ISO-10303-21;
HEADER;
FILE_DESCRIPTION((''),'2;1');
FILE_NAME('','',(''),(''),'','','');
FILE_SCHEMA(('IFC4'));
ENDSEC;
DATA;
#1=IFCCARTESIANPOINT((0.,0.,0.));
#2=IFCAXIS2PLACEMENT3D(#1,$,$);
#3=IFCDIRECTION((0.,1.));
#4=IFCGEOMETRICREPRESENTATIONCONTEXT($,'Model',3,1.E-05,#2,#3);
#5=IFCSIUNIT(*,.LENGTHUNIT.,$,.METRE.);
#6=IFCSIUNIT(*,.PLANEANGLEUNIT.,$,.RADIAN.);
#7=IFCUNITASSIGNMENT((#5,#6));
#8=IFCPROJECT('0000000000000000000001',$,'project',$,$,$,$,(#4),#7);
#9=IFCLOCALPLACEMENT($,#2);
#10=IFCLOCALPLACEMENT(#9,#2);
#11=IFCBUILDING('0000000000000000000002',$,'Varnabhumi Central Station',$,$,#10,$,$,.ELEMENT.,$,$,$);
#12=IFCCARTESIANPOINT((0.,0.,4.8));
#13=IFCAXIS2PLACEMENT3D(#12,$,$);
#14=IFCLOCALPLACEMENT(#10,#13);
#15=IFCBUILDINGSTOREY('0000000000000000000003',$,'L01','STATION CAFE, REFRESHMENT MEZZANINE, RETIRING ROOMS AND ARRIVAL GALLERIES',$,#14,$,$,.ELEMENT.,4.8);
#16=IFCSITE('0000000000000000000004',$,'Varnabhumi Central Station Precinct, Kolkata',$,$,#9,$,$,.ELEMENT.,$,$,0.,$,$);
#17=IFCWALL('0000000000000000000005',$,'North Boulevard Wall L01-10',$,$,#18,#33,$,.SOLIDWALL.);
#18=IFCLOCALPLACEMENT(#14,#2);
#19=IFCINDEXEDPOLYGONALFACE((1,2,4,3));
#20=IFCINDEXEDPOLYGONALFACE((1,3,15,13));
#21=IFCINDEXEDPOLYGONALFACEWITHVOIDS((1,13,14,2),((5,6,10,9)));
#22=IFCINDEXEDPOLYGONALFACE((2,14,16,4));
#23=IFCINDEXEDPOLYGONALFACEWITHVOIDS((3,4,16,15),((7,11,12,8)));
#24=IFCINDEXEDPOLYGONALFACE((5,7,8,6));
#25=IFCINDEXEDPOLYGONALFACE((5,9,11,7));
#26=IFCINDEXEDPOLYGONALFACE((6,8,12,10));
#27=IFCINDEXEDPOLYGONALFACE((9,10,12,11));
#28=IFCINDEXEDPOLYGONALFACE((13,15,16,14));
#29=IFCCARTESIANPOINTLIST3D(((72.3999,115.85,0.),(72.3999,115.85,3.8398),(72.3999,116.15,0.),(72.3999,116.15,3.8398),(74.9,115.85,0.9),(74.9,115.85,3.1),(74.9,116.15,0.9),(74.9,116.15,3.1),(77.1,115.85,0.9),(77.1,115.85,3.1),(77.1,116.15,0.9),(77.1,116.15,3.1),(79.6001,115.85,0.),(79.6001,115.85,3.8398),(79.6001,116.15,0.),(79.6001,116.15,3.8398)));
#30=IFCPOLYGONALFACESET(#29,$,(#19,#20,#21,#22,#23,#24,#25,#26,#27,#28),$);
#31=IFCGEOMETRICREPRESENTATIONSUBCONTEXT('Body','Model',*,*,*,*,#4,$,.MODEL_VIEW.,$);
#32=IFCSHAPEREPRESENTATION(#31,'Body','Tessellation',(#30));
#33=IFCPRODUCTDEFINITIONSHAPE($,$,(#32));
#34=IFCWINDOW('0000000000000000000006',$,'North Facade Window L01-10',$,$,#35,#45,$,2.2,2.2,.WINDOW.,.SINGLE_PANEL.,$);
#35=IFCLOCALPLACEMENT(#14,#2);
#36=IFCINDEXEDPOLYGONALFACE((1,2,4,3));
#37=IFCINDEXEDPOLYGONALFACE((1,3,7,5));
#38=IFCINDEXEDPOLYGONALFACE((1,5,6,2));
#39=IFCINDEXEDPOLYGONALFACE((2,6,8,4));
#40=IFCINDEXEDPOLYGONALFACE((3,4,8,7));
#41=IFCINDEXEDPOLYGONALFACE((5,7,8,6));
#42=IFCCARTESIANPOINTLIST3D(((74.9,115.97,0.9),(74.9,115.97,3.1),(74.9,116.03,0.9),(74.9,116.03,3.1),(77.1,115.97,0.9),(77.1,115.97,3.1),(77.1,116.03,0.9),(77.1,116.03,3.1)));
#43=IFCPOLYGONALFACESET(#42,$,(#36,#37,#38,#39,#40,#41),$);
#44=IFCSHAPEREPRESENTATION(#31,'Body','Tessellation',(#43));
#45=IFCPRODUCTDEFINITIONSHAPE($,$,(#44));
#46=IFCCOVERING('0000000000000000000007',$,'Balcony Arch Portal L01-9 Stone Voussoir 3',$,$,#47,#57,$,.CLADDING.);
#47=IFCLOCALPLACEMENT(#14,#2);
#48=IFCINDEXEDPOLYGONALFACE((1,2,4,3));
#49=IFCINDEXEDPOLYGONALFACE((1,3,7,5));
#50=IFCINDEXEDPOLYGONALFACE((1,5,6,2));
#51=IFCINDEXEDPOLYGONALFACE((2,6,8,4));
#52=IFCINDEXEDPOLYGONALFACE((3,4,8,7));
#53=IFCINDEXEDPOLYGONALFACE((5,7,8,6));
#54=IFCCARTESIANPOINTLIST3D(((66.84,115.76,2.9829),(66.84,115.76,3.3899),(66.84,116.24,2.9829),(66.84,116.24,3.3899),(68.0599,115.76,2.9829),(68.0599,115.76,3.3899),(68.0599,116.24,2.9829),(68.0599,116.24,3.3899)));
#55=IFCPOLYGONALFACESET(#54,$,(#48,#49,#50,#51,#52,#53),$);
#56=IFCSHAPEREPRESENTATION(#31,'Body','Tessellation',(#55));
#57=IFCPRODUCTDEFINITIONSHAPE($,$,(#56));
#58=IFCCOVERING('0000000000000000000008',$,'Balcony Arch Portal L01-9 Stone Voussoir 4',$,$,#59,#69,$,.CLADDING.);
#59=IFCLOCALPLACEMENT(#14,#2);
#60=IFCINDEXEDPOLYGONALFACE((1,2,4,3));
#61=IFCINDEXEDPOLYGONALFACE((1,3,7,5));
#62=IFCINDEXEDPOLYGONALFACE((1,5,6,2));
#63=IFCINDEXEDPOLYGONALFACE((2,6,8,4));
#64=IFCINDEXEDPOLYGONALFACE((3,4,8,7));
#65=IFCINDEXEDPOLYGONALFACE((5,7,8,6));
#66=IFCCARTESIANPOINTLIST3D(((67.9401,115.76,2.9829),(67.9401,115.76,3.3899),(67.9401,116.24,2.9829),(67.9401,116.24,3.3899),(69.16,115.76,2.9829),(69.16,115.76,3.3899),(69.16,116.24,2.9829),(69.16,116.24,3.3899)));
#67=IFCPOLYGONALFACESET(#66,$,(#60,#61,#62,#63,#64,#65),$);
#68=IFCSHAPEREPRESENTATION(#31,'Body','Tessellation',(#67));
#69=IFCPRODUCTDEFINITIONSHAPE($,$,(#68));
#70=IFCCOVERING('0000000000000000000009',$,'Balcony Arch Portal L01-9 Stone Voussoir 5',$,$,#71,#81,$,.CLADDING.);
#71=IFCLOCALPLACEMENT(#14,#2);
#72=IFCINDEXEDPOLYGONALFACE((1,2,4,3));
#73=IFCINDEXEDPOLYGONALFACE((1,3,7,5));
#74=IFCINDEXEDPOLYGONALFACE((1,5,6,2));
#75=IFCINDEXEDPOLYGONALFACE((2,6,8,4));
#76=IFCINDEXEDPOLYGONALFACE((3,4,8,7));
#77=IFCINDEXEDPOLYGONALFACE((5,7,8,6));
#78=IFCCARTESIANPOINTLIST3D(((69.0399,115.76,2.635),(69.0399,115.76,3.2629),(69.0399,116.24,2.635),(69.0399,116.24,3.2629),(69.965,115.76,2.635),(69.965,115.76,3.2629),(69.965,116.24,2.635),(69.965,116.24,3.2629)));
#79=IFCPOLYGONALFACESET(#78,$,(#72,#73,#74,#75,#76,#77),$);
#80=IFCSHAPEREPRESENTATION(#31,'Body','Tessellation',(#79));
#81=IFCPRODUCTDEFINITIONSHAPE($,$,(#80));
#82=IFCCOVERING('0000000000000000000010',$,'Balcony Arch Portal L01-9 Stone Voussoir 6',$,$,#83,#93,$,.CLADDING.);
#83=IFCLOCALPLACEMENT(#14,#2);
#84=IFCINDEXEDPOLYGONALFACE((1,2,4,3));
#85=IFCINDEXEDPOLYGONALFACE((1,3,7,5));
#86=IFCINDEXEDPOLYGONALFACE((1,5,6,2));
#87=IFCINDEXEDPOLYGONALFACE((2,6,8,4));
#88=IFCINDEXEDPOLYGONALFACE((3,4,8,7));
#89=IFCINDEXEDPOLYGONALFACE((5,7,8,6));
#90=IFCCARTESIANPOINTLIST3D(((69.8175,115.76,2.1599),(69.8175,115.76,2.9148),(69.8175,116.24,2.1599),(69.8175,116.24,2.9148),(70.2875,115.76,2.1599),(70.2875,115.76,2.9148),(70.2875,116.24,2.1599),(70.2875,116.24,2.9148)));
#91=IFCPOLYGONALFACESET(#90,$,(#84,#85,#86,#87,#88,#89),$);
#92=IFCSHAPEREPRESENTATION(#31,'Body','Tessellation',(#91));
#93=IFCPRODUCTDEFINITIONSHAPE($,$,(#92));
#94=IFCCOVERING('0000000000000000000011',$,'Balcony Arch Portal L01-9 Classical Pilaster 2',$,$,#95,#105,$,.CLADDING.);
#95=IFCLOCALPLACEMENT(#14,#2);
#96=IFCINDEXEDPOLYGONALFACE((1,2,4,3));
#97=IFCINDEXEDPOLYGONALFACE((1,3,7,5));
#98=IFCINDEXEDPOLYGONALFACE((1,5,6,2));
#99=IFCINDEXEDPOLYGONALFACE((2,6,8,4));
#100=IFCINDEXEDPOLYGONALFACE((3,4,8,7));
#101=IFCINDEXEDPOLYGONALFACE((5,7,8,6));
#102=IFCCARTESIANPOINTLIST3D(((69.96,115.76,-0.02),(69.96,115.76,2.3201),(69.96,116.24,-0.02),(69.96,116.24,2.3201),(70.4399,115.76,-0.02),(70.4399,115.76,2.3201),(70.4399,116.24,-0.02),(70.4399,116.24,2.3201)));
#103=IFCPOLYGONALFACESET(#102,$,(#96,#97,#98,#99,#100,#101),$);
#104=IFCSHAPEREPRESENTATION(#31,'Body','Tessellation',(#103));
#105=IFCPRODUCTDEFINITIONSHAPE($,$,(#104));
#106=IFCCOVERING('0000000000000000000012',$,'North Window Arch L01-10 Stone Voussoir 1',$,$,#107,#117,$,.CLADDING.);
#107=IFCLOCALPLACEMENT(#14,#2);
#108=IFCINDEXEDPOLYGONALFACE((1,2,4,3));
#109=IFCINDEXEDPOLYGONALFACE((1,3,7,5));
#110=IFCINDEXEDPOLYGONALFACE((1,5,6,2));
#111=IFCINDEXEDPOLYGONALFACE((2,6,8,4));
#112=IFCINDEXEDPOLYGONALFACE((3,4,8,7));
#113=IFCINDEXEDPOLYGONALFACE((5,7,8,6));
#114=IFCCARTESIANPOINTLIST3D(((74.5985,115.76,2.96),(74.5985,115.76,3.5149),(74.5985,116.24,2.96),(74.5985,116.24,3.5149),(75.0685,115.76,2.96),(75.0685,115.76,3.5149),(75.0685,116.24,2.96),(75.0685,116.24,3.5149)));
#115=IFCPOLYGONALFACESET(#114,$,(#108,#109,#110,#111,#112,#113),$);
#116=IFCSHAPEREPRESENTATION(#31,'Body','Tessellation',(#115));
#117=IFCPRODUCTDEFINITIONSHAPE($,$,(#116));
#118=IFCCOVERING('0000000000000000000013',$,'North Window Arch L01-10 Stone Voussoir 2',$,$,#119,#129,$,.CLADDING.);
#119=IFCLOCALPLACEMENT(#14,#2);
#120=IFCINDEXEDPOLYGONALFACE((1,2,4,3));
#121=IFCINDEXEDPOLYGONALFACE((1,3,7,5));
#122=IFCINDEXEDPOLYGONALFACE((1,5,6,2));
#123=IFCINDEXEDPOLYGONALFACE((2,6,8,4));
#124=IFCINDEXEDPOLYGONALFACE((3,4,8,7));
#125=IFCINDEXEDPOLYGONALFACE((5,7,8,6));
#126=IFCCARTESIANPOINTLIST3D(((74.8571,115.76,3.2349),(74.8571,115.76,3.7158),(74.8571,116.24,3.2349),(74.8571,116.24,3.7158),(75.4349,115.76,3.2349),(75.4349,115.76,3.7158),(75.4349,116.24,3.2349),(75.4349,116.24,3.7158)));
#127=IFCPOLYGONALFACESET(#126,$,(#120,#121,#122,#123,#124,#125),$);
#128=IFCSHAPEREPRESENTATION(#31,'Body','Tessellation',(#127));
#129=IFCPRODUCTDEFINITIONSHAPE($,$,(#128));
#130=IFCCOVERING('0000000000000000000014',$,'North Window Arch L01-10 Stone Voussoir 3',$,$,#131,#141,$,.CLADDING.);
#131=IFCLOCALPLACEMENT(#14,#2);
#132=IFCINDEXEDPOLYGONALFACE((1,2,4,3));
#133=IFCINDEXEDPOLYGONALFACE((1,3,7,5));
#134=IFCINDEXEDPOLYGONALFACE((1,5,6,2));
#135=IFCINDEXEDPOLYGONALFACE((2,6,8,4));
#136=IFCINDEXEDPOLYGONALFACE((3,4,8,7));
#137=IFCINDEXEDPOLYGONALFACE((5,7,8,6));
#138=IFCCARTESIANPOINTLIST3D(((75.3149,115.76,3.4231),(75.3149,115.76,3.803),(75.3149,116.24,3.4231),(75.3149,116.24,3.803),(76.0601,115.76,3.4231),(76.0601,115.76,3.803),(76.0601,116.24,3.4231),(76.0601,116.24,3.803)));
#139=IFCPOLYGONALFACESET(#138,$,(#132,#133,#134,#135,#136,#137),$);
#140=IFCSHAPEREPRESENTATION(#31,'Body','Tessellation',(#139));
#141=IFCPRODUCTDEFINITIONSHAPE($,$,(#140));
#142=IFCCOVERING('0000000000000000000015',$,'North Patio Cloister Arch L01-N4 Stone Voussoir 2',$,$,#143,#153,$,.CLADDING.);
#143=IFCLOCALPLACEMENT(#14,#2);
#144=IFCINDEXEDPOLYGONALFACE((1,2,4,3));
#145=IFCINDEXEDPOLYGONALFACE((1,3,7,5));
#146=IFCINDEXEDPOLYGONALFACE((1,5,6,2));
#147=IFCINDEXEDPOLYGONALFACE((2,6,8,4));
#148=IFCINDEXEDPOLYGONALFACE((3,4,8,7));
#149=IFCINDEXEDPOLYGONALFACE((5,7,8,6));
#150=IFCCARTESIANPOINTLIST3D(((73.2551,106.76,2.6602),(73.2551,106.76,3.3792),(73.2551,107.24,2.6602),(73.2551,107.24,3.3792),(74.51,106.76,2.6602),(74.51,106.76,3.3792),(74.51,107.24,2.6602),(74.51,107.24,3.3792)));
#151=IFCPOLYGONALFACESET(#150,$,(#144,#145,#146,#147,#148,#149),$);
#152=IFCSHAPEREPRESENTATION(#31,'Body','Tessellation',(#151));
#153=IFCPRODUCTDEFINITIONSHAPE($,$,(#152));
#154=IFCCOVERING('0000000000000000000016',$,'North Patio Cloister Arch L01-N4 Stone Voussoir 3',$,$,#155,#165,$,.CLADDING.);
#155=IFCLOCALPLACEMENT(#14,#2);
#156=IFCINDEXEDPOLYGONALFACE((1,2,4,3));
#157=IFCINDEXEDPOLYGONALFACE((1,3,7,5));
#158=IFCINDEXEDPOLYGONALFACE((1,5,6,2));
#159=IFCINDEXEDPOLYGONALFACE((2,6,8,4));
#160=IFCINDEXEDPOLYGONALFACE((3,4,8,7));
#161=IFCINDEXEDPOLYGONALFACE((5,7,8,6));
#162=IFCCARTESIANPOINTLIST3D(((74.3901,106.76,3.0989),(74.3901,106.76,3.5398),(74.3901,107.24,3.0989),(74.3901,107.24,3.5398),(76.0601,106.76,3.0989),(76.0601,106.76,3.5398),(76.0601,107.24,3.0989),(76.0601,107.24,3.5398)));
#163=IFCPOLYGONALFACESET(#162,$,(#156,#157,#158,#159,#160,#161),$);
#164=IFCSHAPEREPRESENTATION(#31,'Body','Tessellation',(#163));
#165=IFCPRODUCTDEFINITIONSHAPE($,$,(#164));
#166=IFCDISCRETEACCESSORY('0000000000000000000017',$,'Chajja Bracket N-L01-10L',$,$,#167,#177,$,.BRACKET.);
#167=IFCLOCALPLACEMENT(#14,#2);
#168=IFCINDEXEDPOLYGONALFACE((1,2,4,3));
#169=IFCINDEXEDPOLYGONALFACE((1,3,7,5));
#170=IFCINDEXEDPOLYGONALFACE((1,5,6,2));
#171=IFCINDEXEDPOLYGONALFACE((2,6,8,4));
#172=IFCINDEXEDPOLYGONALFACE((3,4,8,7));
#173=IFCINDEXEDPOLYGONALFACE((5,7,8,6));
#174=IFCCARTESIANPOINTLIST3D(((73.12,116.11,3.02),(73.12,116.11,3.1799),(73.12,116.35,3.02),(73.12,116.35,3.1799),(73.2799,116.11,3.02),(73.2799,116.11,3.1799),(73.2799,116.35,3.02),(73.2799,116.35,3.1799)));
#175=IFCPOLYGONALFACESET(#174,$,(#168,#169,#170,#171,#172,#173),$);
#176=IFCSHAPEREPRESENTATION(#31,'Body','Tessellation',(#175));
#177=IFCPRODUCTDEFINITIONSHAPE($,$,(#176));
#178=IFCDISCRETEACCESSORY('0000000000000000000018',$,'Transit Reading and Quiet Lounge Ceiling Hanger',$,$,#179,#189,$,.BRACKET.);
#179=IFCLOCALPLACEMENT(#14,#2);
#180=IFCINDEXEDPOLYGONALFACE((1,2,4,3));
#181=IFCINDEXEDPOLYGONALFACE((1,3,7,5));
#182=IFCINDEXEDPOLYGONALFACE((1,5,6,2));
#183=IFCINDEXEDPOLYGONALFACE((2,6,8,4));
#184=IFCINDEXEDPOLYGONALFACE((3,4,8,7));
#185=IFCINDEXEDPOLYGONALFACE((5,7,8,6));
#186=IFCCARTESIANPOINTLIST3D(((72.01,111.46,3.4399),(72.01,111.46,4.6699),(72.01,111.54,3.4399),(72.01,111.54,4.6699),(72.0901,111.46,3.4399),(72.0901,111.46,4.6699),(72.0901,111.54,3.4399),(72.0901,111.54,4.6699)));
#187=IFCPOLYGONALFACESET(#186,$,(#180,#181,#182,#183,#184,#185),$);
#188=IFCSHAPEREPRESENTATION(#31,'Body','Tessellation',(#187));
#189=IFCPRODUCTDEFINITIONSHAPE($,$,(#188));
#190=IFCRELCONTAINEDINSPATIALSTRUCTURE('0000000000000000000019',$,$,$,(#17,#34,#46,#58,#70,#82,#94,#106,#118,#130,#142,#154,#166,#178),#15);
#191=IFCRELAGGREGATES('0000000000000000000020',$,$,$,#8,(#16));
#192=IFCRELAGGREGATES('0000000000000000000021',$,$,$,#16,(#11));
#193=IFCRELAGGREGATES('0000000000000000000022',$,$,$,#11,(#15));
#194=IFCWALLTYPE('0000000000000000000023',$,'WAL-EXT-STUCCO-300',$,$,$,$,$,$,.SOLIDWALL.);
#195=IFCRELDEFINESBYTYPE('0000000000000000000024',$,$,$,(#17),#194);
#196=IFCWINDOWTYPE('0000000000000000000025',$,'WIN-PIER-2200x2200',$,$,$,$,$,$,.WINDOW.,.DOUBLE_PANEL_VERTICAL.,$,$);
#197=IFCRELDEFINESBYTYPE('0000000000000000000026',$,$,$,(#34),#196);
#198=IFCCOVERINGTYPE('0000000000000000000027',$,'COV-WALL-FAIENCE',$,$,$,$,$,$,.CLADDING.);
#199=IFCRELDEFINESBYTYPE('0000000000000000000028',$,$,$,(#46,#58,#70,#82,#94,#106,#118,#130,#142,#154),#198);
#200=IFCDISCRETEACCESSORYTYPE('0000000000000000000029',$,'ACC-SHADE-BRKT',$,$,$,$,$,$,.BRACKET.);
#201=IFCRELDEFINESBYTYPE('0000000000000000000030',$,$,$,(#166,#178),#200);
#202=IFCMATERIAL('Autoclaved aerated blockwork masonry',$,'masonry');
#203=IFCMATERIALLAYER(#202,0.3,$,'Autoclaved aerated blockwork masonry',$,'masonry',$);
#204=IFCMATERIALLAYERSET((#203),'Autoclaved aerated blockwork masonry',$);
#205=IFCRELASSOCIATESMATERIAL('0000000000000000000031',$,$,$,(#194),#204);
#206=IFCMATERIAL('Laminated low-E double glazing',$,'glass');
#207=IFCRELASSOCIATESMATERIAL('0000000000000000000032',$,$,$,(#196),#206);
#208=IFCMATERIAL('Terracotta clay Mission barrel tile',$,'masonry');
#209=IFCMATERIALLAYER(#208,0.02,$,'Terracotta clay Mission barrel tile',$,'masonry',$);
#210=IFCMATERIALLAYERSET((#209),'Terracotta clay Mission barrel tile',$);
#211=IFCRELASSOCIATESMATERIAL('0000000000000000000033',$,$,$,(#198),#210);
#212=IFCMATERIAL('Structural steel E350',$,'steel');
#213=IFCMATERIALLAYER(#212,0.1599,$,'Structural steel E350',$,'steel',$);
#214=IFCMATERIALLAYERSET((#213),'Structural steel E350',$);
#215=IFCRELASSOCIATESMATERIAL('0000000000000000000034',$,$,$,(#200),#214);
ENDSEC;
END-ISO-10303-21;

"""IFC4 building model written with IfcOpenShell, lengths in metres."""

from ifc_helpers import new_model, si_unit, direction, frame, frame_2d, origin, origin_2d, place, context, subcontext, project, spatial, rectangle, extrude, material, layer, layer_set, type_object, element, fill, save


model = new_model("IFC4")

# Units and contexts
model_context = context("Model", 3, precision=1e-05, world=origin(), true_north=direction((0.0, 1.0)))
body_context = subcontext(model_context, "Body", "Model", "MODEL_VIEW")
ifc_project = project(units=[si_unit("LENGTHUNIT", "METRE"), si_unit("PLANEANGLEUNIT", "RADIAN")], contexts=[model_context])

# Site, building, storey
site_placement = place(None, origin())
site = spatial("IfcSite", under=ifc_project, at=site_placement, Name="Varnabhumi Central Station Precinct, Kolkata", CompositionType="ELEMENT", RefElevation=0.0)
building_placement = place(site_placement, origin())
building = spatial("IfcBuilding", under=site, at=building_placement, Name="Varnabhumi Central Station", CompositionType="ELEMENT")
storey_placement = place(building_placement, frame((0.0, 0.0, 4.8)))
storey = spatial("IfcBuildingStorey", under=building, at=storey_placement, Name="L01", Description="STATION CAFE, REFRESHMENT MEZZANINE, RETIRING ROOMS AND ARRIVAL GALLERIES", CompositionType="ELEMENT", Elevation=4.8)

# Shared definitions
ifc_material_1 = material(Name="Structural steel E350", Category="steel")

# Shared definitions
ifc_material_2 = material(Name="Laminated low-E double glazing", Category="glass")

# Wall, opening, window
ifc_material_3 = material(Name="Autoclaved aerated blockwork masonry", Category="masonry")
ifc_layer_1 = layer(ifc_material_3, 0.3, Name="Autoclaved aerated blockwork masonry", Category="masonry")
ifc_layer_set_1 = layer_set([ifc_layer_1], Name="Autoclaved aerated blockwork masonry")
wall_type = type_object("IfcWallType", Name="WAL-EXT-STUCCO-300", PredefinedType="SOLIDWALL", material=ifc_layer_set_1)
wall_placement = place(storey_placement, frame((72.3999, 116.0, 0.0), z_axis=(0.0, 0.0, 1.0), x_axis=(1.0, 0.0, 0.0)))
wall = element("IfcWall", 1, at=wall_placement, inside=storey, type_object=wall_type, Name="North Boulevard Wall L01-10", PredefinedType="SOLIDWALL", context=body_context, shape_type="SweptSolid", body=[
    extrude(rectangle(XDim=7.2002, YDim=0.3, at=frame_2d((3.6001, 0.0))), origin(), (0.0, 0.0, 1.0), 3.8398),
])
opening_placement = place(wall_placement, frame((2.5, 0.0, 0.8999)))
opening = element("IfcOpeningElement", 2, at=opening_placement, cuts=wall, PredefinedType="OPENING", context=body_context, shape_type="SweptSolid", body=[
    extrude(rectangle(XDim=2.2, YDim=2.2, at=frame_2d((1.1001, 1.1001))), frame((0.0, 0.1599, 0.0), z_axis=(0.0, -1.0, 0.0), x_axis=(1.0, 0.0, 0.0)), (0.0, 0.0, 1.0), 0.3201),
])
window_type = type_object("IfcWindowType", Name="WIN-PIER-2200x2200", PartitioningType="DOUBLE_PANEL_VERTICAL", PredefinedType="WINDOW", material=ifc_material_2)
window_placement = place(opening_placement, origin())
window = element("IfcWindow", 3, at=window_placement, inside=storey, type_object=window_type, Name="North Facade Window L01-10", OverallHeight=2.2, OverallWidth=2.2, PartitioningType="SINGLE_PANEL", PredefinedType="WINDOW", context=body_context, shape_type="SweptSolid", body=[
    extrude(rectangle(XDim=2.2, YDim=2.2, at=frame_2d((1.1001, 1.1001))), frame((0.0, 0.03, 0.0), z_axis=(0.0, -1.0, 0.0), x_axis=(1.0, 0.0, 0.0)), (0.0, 0.0, 1.0), 0.0601),
])
fill(opening, window)

# Coverings
ifc_material_4 = material(Name="Terracotta clay Mission barrel tile", Category="masonry")
ifc_layer_2 = layer(ifc_material_4, 0.02, Name="Terracotta clay Mission barrel tile", Category="masonry")
ifc_layer_set_2 = layer_set([ifc_layer_2], Name="Terracotta clay Mission barrel tile")
covering_type = type_object("IfcCoveringType", Name="COV-WALL-FAIENCE", PredefinedType="CLADDING", material=ifc_layer_set_2)
for number, where, z_axis, x_axis, name in (
    (4, (67.45, 116.0, 2.9829), (0.0, 0.0, 1.0), (1.0, 0.0, 0.0), "Balcony Arch Portal L01-9 Stone Voussoir 3"),
    (5, (68.55, 116.0, 2.9829), (0.0, 0.0, 1.0), (1.0, 0.0, 0.0), "Balcony Arch Portal L01-9 Stone Voussoir 4"),
):
    element("IfcCovering", number, at=place(storey_placement, frame(where, z_axis=z_axis, x_axis=x_axis)), inside=storey, type_object=covering_type, Name=name, PredefinedType="CLADDING", context=body_context, shape_type="SweptSolid", body=[
        extrude(rectangle(XDim=1.22, YDim=0.48, at=origin_2d()), origin(), (0.0, 0.0, 1.0), 0.407),
    ])
covering_1_placement = place(storey_placement, frame((69.5024, 116.0, 2.635), z_axis=(0.0, 0.0, 1.0), x_axis=(1.0, 0.0, 0.0)))
element("IfcCovering", 6, at=covering_1_placement, inside=storey, type_object=covering_type, Name="Balcony Arch Portal L01-9 Stone Voussoir 5", PredefinedType="CLADDING", context=body_context, shape_type="SweptSolid", body=[
    extrude(rectangle(XDim=0.925, YDim=0.48, at=origin_2d()), origin(), (0.0, 0.0, 1.0), 0.6279),
])
covering_2_placement = place(storey_placement, frame((70.0525, 116.0, 2.1599), z_axis=(0.0, 0.0, 1.0), x_axis=(1.0, 0.0, 0.0)))
element("IfcCovering", 7, at=covering_2_placement, inside=storey, type_object=covering_type, Name="Balcony Arch Portal L01-9 Stone Voussoir 6", PredefinedType="CLADDING", context=body_context, shape_type="SweptSolid", body=[
    extrude(rectangle(XDim=0.47, YDim=0.48, at=origin_2d()), origin(), (0.0, 0.0, 1.0), 0.7549),
])
covering_3_placement = place(storey_placement, frame((70.2, 116.0, -0.02), z_axis=(0.0, 0.0, 1.0), x_axis=(1.0, 0.0, 0.0)))
element("IfcCovering", 8, at=covering_3_placement, inside=storey, type_object=covering_type, Name="Balcony Arch Portal L01-9 Classical Pilaster 2", PredefinedType="CLADDING", context=body_context, shape_type="SweptSolid", body=[
    extrude(rectangle(XDim=0.48, YDim=0.48, at=origin_2d()), origin(), (0.0, 0.0, 1.0), 2.3401),
])
covering_4_placement = place(storey_placement, frame((74.8335, 116.0, 2.96), z_axis=(0.0, 0.0, 1.0), x_axis=(1.0, 0.0, 0.0)))
element("IfcCovering", 9, at=covering_4_placement, inside=storey, type_object=covering_type, Name="North Window Arch L01-10 Stone Voussoir 1", PredefinedType="CLADDING", context=body_context, shape_type="SweptSolid", body=[
    extrude(rectangle(XDim=0.47, YDim=0.48, at=origin_2d()), origin(), (0.0, 0.0, 1.0), 0.5549),
])
covering_5_placement = place(storey_placement, frame((75.146, 116.0, 3.2349), z_axis=(0.0, 0.0, 1.0), x_axis=(1.0, 0.0, 0.0)))
element("IfcCovering", 10, at=covering_5_placement, inside=storey, type_object=covering_type, Name="North Window Arch L01-10 Stone Voussoir 2", PredefinedType="CLADDING", context=body_context, shape_type="SweptSolid", body=[
    extrude(rectangle(XDim=0.5779, YDim=0.48, at=origin_2d()), origin(), (0.0, 0.0, 1.0), 0.481),
])
covering_6_placement = place(storey_placement, frame((75.6875, 116.0, 3.4231), z_axis=(0.0, 0.0, 1.0), x_axis=(1.0, 0.0, 0.0)))
element("IfcCovering", 11, at=covering_6_placement, inside=storey, type_object=covering_type, Name="North Window Arch L01-10 Stone Voussoir 3", PredefinedType="CLADDING", context=body_context, shape_type="SweptSolid", body=[
    extrude(rectangle(XDim=0.7451, YDim=0.48, at=origin_2d()), origin(), (0.0, 0.0, 1.0), 0.3799),
])
covering_7_placement = place(storey_placement, frame((73.8826, 107.0, 2.6602), z_axis=(0.0, 0.0, 1.0), x_axis=(1.0, 0.0, 0.0)))
element("IfcCovering", 12, at=covering_7_placement, inside=storey, type_object=covering_type, Name="North Patio Cloister Arch L01-N4 Stone Voussoir 2", PredefinedType="CLADDING", context=body_context, shape_type="SweptSolid", body=[
    extrude(rectangle(XDim=1.2549, YDim=0.48, at=origin_2d()), origin(), (0.0, 0.0, 1.0), 0.719),
])
covering_8_placement = place(storey_placement, frame((75.2251, 107.0, 3.0989), z_axis=(0.0, 0.0, 1.0), x_axis=(1.0, 0.0, 0.0)))
element("IfcCovering", 13, at=covering_8_placement, inside=storey, type_object=covering_type, Name="North Patio Cloister Arch L01-N4 Stone Voussoir 3", PredefinedType="CLADDING", context=body_context, shape_type="SweptSolid", body=[
    extrude(rectangle(XDim=1.6699, YDim=0.48, at=origin_2d()), origin(), (0.0, 0.0, 1.0), 0.4409),
])

# Discrete accessories
ifc_layer_3 = layer(ifc_material_1, 0.1599, Name="Structural steel E350", Category="steel")
ifc_layer_set_3 = layer_set([ifc_layer_3], Name="Structural steel E350")
discrete_accessory_type = type_object("IfcDiscreteAccessoryType", Name="ACC-SHADE-BRKT", PredefinedType="BRACKET", material=ifc_layer_set_3)
discrete_accessory_1_placement = place(storey_placement, frame((73.2, 116.23, 3.02), z_axis=(0.0, 0.0, 1.0), x_axis=(1.0, 0.0, 0.0)))
element("IfcDiscreteAccessory", 14, at=discrete_accessory_1_placement, inside=storey, type_object=discrete_accessory_type, Name="Chajja Bracket N-L01-10L", PredefinedType="BRACKET", context=body_context, shape_type="SweptSolid", body=[
    extrude(rectangle(XDim=0.1599, YDim=0.24, at=origin_2d()), origin(), (0.0, 0.0, 1.0), 0.1599),
])
discrete_accessory_2_placement = place(storey_placement, frame((72.05, 111.5, 3.4399), z_axis=(0.0, 0.0, 1.0), x_axis=(1.0, 0.0, 0.0)))
element("IfcDiscreteAccessory", 15, at=discrete_accessory_2_placement, inside=storey, type_object=discrete_accessory_type, Name="Transit Reading and Quiet Lounge Ceiling Hanger", PredefinedType="BRACKET", context=body_context, shape_type="SweptSolid", body=[
    extrude(rectangle(XDim=0.0801, YDim=0.0801, at=origin_2d()), origin(), (0.0, 0.0, 1.0), 1.23),
])

save(model, "model.ifc")
